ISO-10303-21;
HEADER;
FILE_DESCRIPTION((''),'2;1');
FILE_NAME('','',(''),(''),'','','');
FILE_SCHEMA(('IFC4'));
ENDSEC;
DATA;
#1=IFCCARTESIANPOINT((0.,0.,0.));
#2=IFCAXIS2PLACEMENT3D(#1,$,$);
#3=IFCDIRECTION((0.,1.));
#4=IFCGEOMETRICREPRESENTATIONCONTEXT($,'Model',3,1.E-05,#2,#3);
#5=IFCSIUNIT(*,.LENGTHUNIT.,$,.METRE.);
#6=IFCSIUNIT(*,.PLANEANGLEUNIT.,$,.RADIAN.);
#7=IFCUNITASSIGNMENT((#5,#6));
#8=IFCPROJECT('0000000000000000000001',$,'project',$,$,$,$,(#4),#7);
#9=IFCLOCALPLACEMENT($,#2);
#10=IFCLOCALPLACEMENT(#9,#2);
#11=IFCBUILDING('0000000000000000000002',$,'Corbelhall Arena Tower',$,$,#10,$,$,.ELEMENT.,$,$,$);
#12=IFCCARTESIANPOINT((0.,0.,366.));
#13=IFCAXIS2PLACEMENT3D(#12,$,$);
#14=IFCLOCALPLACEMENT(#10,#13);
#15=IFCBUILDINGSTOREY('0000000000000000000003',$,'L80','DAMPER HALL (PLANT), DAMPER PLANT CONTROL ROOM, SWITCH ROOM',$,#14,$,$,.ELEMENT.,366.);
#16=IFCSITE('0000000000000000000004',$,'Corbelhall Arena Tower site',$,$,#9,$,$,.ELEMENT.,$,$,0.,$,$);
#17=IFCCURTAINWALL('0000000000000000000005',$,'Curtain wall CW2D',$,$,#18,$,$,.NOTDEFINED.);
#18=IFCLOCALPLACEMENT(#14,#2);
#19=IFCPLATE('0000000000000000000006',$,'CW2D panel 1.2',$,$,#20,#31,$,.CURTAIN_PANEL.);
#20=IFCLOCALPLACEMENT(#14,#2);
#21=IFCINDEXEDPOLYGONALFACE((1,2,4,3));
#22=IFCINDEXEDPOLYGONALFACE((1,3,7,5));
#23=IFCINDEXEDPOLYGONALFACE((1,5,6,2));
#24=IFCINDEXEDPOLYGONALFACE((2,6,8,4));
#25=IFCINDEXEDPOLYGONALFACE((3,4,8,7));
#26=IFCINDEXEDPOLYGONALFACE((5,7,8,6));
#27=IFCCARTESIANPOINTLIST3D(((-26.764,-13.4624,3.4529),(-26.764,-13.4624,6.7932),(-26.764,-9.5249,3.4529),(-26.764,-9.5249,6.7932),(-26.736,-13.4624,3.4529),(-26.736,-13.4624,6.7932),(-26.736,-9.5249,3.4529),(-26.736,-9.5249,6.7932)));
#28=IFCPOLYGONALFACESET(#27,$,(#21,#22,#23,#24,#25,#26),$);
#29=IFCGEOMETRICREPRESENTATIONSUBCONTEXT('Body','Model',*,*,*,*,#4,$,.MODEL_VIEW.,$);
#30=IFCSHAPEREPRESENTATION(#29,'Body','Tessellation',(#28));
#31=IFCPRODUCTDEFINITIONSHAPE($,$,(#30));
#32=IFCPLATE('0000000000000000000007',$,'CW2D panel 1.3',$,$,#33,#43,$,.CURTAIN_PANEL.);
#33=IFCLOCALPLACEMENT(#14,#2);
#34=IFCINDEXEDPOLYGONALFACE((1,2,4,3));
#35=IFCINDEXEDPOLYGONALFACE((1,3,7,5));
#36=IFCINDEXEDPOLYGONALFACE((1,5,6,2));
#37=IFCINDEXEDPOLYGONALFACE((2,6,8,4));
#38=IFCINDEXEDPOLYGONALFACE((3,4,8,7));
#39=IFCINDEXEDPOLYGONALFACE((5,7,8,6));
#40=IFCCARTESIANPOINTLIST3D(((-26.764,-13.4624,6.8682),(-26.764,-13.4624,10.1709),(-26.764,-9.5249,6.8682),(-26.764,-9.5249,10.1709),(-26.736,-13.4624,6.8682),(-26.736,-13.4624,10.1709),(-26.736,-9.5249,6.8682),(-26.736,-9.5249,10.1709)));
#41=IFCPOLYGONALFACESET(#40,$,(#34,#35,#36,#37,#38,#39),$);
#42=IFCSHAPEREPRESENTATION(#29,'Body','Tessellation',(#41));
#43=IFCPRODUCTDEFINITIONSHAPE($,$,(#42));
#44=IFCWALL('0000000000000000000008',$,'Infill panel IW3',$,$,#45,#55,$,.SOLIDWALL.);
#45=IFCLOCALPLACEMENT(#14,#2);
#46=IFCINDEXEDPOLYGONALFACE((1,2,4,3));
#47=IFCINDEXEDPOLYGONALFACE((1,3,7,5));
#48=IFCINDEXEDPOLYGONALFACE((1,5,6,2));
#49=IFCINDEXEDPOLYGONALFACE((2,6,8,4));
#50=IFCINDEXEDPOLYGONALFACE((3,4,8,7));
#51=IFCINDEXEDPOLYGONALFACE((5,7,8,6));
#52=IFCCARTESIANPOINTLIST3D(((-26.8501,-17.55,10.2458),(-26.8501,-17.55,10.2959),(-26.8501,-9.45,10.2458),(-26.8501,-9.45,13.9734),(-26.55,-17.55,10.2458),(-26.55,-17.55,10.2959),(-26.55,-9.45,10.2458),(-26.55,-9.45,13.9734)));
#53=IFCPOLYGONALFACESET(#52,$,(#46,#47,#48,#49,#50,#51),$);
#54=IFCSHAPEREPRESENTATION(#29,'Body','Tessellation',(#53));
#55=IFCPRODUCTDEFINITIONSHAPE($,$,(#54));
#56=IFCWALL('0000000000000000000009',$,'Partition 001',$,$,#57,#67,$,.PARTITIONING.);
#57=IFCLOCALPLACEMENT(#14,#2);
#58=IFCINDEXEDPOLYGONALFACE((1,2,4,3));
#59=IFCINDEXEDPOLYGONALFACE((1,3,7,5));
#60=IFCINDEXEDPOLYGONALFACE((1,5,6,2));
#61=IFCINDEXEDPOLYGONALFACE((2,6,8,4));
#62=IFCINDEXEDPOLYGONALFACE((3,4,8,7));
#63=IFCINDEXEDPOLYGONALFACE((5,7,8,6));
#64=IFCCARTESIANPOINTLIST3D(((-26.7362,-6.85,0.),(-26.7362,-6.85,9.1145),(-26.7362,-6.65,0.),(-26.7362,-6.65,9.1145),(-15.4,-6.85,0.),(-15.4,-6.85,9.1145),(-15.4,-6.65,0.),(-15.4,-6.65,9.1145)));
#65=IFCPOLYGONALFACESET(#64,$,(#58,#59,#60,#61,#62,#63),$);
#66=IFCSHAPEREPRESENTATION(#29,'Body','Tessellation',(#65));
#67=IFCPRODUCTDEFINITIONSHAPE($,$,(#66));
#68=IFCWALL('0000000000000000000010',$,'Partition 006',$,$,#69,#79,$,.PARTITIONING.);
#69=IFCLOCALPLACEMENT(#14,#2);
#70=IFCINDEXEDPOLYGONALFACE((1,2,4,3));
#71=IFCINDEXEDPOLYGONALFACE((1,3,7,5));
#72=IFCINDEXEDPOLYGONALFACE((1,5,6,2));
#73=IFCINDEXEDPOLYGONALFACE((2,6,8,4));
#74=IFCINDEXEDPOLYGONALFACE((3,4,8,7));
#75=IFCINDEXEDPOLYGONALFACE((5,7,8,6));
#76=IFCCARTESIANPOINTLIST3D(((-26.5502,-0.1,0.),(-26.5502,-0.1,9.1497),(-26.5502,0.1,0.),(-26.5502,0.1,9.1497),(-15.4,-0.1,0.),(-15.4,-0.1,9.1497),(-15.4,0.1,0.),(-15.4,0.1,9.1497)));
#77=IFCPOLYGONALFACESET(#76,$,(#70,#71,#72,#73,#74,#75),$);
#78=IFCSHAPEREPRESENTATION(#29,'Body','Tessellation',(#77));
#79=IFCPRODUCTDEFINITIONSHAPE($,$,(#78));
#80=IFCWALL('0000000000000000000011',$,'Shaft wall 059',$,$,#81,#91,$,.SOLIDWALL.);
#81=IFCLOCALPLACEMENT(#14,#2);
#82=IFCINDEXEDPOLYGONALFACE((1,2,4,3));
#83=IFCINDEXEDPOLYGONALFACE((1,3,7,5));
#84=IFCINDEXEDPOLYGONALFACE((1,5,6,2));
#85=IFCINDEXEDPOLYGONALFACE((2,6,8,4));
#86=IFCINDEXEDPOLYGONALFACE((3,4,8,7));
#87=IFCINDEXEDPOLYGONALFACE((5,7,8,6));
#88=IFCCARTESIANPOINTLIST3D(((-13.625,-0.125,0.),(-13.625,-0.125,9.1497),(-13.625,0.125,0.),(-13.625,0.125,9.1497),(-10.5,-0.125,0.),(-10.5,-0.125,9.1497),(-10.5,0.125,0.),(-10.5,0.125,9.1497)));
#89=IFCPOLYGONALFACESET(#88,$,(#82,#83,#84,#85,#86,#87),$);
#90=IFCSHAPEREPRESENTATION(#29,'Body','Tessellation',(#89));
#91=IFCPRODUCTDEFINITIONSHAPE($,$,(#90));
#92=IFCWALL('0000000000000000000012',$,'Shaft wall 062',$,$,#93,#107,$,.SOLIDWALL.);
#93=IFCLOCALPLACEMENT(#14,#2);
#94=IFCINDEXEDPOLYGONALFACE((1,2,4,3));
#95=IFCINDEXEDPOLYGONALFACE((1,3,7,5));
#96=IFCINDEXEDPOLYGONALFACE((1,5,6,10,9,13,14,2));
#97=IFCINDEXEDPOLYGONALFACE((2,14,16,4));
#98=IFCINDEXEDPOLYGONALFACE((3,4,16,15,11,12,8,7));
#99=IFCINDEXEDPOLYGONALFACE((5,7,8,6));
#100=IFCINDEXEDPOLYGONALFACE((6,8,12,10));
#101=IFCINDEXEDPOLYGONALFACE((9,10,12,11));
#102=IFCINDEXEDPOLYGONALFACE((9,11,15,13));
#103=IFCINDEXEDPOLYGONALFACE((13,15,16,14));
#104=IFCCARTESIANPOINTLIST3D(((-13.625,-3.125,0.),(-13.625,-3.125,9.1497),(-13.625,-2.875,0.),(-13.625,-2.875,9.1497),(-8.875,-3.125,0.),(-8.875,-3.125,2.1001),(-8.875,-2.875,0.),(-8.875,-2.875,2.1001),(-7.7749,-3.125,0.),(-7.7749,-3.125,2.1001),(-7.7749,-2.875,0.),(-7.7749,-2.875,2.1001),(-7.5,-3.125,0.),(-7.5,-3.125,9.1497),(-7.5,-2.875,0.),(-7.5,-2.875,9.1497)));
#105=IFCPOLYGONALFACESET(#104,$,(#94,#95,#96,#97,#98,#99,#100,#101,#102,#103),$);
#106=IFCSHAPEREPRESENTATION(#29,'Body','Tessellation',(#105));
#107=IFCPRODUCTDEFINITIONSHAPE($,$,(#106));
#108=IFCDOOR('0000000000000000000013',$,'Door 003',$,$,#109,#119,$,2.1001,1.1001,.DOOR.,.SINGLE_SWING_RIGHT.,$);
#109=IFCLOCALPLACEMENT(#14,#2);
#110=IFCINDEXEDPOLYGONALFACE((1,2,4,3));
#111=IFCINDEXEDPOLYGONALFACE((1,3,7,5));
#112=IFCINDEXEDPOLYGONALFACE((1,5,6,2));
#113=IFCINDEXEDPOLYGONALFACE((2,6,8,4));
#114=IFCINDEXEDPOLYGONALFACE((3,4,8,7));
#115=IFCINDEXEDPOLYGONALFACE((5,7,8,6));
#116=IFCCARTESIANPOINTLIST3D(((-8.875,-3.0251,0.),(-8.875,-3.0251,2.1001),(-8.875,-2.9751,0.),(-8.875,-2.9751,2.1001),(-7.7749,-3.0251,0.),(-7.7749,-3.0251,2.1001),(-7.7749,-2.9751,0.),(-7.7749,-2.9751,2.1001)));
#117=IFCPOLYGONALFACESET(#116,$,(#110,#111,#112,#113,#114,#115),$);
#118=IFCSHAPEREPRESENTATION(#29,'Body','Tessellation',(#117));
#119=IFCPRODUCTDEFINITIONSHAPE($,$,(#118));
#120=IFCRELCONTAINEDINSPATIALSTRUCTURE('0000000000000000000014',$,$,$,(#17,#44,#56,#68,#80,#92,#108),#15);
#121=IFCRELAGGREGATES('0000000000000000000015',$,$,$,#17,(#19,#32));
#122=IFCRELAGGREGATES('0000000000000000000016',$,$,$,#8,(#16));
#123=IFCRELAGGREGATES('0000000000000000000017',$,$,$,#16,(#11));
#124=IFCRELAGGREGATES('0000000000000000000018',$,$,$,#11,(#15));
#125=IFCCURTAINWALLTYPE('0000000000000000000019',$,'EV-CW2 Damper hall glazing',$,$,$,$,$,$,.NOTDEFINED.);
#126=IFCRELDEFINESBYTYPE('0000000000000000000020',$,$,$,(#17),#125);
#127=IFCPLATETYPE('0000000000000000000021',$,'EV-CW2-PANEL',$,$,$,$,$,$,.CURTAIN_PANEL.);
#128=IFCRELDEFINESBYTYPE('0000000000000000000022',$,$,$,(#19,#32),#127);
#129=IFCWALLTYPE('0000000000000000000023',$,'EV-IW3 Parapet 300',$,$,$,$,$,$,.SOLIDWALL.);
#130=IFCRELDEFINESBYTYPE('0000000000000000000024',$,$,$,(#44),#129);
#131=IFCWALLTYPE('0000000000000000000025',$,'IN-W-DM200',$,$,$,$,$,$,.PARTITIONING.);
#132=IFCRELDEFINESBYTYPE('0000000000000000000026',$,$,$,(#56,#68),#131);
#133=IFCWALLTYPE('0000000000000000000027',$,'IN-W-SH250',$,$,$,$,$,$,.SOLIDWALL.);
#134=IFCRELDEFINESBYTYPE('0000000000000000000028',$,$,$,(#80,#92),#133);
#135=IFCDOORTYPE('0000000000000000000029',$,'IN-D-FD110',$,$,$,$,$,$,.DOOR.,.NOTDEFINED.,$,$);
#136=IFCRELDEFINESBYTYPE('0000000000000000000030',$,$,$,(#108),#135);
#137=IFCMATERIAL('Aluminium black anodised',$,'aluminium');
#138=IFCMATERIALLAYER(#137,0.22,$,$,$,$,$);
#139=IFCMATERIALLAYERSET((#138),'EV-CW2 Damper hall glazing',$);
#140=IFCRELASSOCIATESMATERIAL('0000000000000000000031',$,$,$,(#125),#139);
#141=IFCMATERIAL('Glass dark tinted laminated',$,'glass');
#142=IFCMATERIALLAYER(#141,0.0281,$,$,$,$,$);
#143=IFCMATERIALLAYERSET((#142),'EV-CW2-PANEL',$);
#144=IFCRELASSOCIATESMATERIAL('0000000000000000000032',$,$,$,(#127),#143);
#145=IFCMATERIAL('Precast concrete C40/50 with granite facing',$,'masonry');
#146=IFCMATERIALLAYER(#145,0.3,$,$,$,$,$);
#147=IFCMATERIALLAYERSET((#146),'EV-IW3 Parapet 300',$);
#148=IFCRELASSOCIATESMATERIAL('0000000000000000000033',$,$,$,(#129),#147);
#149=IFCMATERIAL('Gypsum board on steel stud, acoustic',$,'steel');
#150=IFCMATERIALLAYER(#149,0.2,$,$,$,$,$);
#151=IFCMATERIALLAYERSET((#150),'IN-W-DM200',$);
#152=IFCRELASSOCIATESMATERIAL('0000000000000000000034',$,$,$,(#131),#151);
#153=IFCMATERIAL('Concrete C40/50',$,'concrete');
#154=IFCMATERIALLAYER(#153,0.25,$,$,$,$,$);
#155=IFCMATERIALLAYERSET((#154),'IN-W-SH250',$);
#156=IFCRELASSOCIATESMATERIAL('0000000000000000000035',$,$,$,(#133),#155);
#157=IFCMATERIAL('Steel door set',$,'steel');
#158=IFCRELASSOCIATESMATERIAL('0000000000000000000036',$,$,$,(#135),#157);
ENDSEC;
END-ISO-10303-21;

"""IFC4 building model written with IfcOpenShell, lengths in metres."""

from ifc_helpers import new_model, si_unit, direction, frame, frame_2d, origin, origin_2d, place, context, subcontext, project, spatial, polyline, rectangle, outline, extrude, material, layer, layer_set, type_object, element, fill, aggregate, save


model = new_model("IFC4")

# Units and contexts
model_context = context("Model", 3, precision=1e-05, world=origin(), true_north=direction((0.0, 1.0)))
body_context = subcontext(model_context, "Body", "Model", "MODEL_VIEW")
ifc_project = project(units=[si_unit("LENGTHUNIT", "METRE"), si_unit("PLANEANGLEUNIT", "RADIAN")], contexts=[model_context])

# Site, building, storey
site_placement = place(None, origin())
site = spatial("IfcSite", under=ifc_project, at=site_placement, Name="Corbelhall Arena Tower site", CompositionType="ELEMENT", RefElevation=0.0)
building_placement = place(site_placement, origin())
building = spatial("IfcBuilding", under=site, at=building_placement, Name="Corbelhall Arena Tower", CompositionType="ELEMENT")
storey_placement = place(building_placement, frame((0.0, 0.0, 366.0)))
storey = spatial("IfcBuildingStorey", under=building, at=storey_placement, Name="L80", Description="DAMPER HALL (PLANT), DAMPER PLANT CONTROL ROOM, SWITCH ROOM", CompositionType="ELEMENT", Elevation=366.0)

# Shared definitions
ifc_material_1 = material(Name="Aluminium black anodised", Category="aluminium")
ifc_layer_1 = layer(ifc_material_1, 0.22)
ifc_layer_set_1 = layer_set([ifc_layer_1], Name="EV-CW2 Damper hall glazing")
curtain_wall_type = type_object("IfcCurtainWallType", Name="EV-CW2 Damper hall glazing", PredefinedType="NOTDEFINED", material=ifc_layer_set_1)

# Curtain wall
curtain_wall_1_placement = place(storey_placement, origin())
curtain_wall_1 = element("IfcCurtainWall", 1, at=curtain_wall_1_placement, inside=storey, type_object=curtain_wall_type, Name="Curtain wall CW2D", PredefinedType="NOTDEFINED")

# Plates
ifc_material_2 = material(Name="Glass dark tinted laminated", Category="glass")
ifc_layer_2 = layer(ifc_material_2, 0.0281)
ifc_layer_set_2 = layer_set([ifc_layer_2], Name="EV-CW2-PANEL")
plate_type = type_object("IfcPlateType", Name="EV-CW2-PANEL", PredefinedType="CURTAIN_PANEL", material=ifc_layer_set_2)
plate_1_placement = place(storey_placement, frame((-26.75, -11.4937, 3.4529), z_axis=(0.0, 0.0, 1.0), x_axis=(0.0, -1.0, 0.0)))
plate_1 = element("IfcPlate", 2, at=plate_1_placement, type_object=plate_type, Name="CW2D panel 1.2", PredefinedType="CURTAIN_PANEL", context=body_context, shape_type="SweptSolid", body=[
    extrude(rectangle(XDim=3.9375, YDim=0.0281, at=origin_2d()), origin(), (0.0, 0.0, 1.0), 3.3403),
])
plate_2_placement = place(storey_placement, frame((-26.75, -11.4937, 6.8682), z_axis=(0.0, 0.0, 1.0), x_axis=(0.0, -1.0, 0.0)))
plate_2 = element("IfcPlate", 3, at=plate_2_placement, type_object=plate_type, Name="CW2D panel 1.3", PredefinedType="CURTAIN_PANEL", context=body_context, shape_type="SweptSolid", body=[
    extrude(rectangle(XDim=3.9375, YDim=0.0281, at=origin_2d()), origin(), (0.0, 0.0, 1.0), 3.3027),
])
aggregate(curtain_wall_1, [plate_1, plate_2])

# Walls
ifc_material_3 = material(Name="Precast concrete C40/50 with granite facing", Category="masonry")
ifc_layer_3 = layer(ifc_material_3, 0.3)
ifc_layer_set_3 = layer_set([ifc_layer_3], Name="EV-IW3 Parapet 300")
wall_type_1 = type_object("IfcWallType", Name="EV-IW3 Parapet 300", PredefinedType="SOLIDWALL", material=ifc_layer_set_3)
wall_1_placement = place(storey_placement, frame((-26.7, -9.45, 10.2458), z_axis=(0.0, 0.0, 1.0), x_axis=(0.0, -1.0, 0.0)))
element("IfcWall", 4, at=wall_1_placement, inside=storey, type_object=wall_type_1, Name="Infill panel IW3", PredefinedType="SOLIDWALL", context=body_context, shape_type="SweptSolid", body=[
    extrude(outline(polyline([(0.0, 0.0), (8.1001, 0.0), (8.1001, 0.05), (0.0, 3.7275), (0.0, 0.0)])), frame((0.0, 0.1499, 0.0), z_axis=(0.0, -1.0, 0.0), x_axis=(1.0, 0.0, 0.0)), (0.0, 0.0, 1.0), 0.3),
])
ifc_material_4 = material(Name="Gypsum board on steel stud, acoustic", Category="steel")
ifc_layer_4 = layer(ifc_material_4, 0.2)
ifc_layer_set_4 = layer_set([ifc_layer_4], Name="IN-W-DM200")
wall_type_2 = type_object("IfcWallType", Name="IN-W-DM200", PredefinedType="PARTITIONING", material=ifc_layer_set_4)
wall_2_placement = place(storey_placement, frame((-26.7361, -6.75, 0.0), z_axis=(0.0, 0.0, 1.0), x_axis=(1.0, 0.0, 0.0)))
element("IfcWall", 5, at=wall_2_placement, inside=storey, type_object=wall_type_2, Name="Partition 001", PredefinedType="PARTITIONING", context=body_context, shape_type="SweptSolid", body=[
    extrude(rectangle(XDim=11.3362, YDim=0.2, at=frame_2d((5.668, 0.0))), origin(), (0.0, 0.0, 1.0), 9.1145),
])

# Shared definitions
ifc_material_5 = material(Name="Steel door set", Category="steel")

# Walls
wall_3_placement = place(storey_placement, frame((-15.3999, 0.0, 0.0), z_axis=(0.0, 0.0, 1.0), x_axis=(-1.0, 0.0, 0.0)))
element("IfcWall", 6, at=wall_3_placement, inside=storey, type_object=wall_type_2, Name="Partition 006", PredefinedType="PARTITIONING", context=body_context, shape_type="SweptSolid", body=[
    extrude(rectangle(XDim=11.1501, YDim=0.2, at=frame_2d((5.5752, 0.0))), origin(), (0.0, 0.0, 1.0), 9.1497),
])
ifc_material_6 = material(Name="Concrete C40/50", Category="concrete")
ifc_layer_5 = layer(ifc_material_6, 0.25)
ifc_layer_set_5 = layer_set([ifc_layer_5], Name="IN-W-SH250")
wall_type_3 = type_object("IfcWallType", Name="IN-W-SH250", PredefinedType="SOLIDWALL", material=ifc_layer_set_5)
wall_4_placement = place(storey_placement, frame((-13.625, 0.0, 0.0), z_axis=(0.0, 0.0, 1.0), x_axis=(1.0, 0.0, 0.0)))
element("IfcWall", 7, at=wall_4_placement, inside=storey, type_object=wall_type_3, Name="Shaft wall 059", PredefinedType="SOLIDWALL", context=body_context, shape_type="SweptSolid", body=[
    extrude(rectangle(XDim=3.125, YDim=0.25, at=frame_2d((1.5625, 0.0))), origin(), (0.0, 0.0, 1.0), 9.1497),
])

# Wall, opening, door
wall_5_placement = place(storey_placement, frame((-13.625, -3.0, 0.0), z_axis=(0.0, 0.0, 1.0), x_axis=(1.0, 0.0, 0.0)))
wall_5 = element("IfcWall", 8, at=wall_5_placement, inside=storey, type_object=wall_type_3, Name="Shaft wall 062", PredefinedType="SOLIDWALL", context=body_context, shape_type="SweptSolid", body=[
    extrude(rectangle(XDim=6.125, YDim=0.25, at=frame_2d((3.0625, 0.0))), origin(), (0.0, 0.0, 1.0), 9.1497),
])
opening_1_placement = place(wall_5_placement, frame((4.75, 0.0, 0.0)))
opening_1 = element("IfcOpeningElement", 9, at=opening_1_placement, cuts=wall_5, PredefinedType="OPENING", context=body_context, shape_type="SweptSolid", body=[
    extrude(rectangle(XDim=1.1001, YDim=2.1001, at=frame_2d((0.55, 1.05))), frame((0.0, 0.125, 0.0), z_axis=(0.0, -1.0, 0.0), x_axis=(1.0, 0.0, 0.0)), (0.0, 0.0, 1.0), 0.25),
])
door_type_1 = type_object("IfcDoorType", Name="IN-D-FD110", OperationType="NOTDEFINED", PredefinedType="DOOR", material=ifc_material_5)
door_1_placement = place(opening_1_placement, origin())
door_1 = element("IfcDoor", 10, at=door_1_placement, inside=storey, type_object=door_type_1, Name="Door 003", OperationType="SINGLE_SWING_RIGHT", OverallHeight=2.1001, OverallWidth=1.1001, PredefinedType="DOOR", context=body_context, shape_type="SweptSolid", body=[
    extrude(rectangle(XDim=1.1001, YDim=2.1001, at=frame_2d((0.55, 1.05))), frame((0.0, 0.0249, 0.0), z_axis=(0.0, -1.0, 0.0), x_axis=(1.0, 0.0, 0.0)), (0.0, 0.0, 1.0), 0.05),
])
fill(opening_1, door_1)

save(model, "model.ifc")
